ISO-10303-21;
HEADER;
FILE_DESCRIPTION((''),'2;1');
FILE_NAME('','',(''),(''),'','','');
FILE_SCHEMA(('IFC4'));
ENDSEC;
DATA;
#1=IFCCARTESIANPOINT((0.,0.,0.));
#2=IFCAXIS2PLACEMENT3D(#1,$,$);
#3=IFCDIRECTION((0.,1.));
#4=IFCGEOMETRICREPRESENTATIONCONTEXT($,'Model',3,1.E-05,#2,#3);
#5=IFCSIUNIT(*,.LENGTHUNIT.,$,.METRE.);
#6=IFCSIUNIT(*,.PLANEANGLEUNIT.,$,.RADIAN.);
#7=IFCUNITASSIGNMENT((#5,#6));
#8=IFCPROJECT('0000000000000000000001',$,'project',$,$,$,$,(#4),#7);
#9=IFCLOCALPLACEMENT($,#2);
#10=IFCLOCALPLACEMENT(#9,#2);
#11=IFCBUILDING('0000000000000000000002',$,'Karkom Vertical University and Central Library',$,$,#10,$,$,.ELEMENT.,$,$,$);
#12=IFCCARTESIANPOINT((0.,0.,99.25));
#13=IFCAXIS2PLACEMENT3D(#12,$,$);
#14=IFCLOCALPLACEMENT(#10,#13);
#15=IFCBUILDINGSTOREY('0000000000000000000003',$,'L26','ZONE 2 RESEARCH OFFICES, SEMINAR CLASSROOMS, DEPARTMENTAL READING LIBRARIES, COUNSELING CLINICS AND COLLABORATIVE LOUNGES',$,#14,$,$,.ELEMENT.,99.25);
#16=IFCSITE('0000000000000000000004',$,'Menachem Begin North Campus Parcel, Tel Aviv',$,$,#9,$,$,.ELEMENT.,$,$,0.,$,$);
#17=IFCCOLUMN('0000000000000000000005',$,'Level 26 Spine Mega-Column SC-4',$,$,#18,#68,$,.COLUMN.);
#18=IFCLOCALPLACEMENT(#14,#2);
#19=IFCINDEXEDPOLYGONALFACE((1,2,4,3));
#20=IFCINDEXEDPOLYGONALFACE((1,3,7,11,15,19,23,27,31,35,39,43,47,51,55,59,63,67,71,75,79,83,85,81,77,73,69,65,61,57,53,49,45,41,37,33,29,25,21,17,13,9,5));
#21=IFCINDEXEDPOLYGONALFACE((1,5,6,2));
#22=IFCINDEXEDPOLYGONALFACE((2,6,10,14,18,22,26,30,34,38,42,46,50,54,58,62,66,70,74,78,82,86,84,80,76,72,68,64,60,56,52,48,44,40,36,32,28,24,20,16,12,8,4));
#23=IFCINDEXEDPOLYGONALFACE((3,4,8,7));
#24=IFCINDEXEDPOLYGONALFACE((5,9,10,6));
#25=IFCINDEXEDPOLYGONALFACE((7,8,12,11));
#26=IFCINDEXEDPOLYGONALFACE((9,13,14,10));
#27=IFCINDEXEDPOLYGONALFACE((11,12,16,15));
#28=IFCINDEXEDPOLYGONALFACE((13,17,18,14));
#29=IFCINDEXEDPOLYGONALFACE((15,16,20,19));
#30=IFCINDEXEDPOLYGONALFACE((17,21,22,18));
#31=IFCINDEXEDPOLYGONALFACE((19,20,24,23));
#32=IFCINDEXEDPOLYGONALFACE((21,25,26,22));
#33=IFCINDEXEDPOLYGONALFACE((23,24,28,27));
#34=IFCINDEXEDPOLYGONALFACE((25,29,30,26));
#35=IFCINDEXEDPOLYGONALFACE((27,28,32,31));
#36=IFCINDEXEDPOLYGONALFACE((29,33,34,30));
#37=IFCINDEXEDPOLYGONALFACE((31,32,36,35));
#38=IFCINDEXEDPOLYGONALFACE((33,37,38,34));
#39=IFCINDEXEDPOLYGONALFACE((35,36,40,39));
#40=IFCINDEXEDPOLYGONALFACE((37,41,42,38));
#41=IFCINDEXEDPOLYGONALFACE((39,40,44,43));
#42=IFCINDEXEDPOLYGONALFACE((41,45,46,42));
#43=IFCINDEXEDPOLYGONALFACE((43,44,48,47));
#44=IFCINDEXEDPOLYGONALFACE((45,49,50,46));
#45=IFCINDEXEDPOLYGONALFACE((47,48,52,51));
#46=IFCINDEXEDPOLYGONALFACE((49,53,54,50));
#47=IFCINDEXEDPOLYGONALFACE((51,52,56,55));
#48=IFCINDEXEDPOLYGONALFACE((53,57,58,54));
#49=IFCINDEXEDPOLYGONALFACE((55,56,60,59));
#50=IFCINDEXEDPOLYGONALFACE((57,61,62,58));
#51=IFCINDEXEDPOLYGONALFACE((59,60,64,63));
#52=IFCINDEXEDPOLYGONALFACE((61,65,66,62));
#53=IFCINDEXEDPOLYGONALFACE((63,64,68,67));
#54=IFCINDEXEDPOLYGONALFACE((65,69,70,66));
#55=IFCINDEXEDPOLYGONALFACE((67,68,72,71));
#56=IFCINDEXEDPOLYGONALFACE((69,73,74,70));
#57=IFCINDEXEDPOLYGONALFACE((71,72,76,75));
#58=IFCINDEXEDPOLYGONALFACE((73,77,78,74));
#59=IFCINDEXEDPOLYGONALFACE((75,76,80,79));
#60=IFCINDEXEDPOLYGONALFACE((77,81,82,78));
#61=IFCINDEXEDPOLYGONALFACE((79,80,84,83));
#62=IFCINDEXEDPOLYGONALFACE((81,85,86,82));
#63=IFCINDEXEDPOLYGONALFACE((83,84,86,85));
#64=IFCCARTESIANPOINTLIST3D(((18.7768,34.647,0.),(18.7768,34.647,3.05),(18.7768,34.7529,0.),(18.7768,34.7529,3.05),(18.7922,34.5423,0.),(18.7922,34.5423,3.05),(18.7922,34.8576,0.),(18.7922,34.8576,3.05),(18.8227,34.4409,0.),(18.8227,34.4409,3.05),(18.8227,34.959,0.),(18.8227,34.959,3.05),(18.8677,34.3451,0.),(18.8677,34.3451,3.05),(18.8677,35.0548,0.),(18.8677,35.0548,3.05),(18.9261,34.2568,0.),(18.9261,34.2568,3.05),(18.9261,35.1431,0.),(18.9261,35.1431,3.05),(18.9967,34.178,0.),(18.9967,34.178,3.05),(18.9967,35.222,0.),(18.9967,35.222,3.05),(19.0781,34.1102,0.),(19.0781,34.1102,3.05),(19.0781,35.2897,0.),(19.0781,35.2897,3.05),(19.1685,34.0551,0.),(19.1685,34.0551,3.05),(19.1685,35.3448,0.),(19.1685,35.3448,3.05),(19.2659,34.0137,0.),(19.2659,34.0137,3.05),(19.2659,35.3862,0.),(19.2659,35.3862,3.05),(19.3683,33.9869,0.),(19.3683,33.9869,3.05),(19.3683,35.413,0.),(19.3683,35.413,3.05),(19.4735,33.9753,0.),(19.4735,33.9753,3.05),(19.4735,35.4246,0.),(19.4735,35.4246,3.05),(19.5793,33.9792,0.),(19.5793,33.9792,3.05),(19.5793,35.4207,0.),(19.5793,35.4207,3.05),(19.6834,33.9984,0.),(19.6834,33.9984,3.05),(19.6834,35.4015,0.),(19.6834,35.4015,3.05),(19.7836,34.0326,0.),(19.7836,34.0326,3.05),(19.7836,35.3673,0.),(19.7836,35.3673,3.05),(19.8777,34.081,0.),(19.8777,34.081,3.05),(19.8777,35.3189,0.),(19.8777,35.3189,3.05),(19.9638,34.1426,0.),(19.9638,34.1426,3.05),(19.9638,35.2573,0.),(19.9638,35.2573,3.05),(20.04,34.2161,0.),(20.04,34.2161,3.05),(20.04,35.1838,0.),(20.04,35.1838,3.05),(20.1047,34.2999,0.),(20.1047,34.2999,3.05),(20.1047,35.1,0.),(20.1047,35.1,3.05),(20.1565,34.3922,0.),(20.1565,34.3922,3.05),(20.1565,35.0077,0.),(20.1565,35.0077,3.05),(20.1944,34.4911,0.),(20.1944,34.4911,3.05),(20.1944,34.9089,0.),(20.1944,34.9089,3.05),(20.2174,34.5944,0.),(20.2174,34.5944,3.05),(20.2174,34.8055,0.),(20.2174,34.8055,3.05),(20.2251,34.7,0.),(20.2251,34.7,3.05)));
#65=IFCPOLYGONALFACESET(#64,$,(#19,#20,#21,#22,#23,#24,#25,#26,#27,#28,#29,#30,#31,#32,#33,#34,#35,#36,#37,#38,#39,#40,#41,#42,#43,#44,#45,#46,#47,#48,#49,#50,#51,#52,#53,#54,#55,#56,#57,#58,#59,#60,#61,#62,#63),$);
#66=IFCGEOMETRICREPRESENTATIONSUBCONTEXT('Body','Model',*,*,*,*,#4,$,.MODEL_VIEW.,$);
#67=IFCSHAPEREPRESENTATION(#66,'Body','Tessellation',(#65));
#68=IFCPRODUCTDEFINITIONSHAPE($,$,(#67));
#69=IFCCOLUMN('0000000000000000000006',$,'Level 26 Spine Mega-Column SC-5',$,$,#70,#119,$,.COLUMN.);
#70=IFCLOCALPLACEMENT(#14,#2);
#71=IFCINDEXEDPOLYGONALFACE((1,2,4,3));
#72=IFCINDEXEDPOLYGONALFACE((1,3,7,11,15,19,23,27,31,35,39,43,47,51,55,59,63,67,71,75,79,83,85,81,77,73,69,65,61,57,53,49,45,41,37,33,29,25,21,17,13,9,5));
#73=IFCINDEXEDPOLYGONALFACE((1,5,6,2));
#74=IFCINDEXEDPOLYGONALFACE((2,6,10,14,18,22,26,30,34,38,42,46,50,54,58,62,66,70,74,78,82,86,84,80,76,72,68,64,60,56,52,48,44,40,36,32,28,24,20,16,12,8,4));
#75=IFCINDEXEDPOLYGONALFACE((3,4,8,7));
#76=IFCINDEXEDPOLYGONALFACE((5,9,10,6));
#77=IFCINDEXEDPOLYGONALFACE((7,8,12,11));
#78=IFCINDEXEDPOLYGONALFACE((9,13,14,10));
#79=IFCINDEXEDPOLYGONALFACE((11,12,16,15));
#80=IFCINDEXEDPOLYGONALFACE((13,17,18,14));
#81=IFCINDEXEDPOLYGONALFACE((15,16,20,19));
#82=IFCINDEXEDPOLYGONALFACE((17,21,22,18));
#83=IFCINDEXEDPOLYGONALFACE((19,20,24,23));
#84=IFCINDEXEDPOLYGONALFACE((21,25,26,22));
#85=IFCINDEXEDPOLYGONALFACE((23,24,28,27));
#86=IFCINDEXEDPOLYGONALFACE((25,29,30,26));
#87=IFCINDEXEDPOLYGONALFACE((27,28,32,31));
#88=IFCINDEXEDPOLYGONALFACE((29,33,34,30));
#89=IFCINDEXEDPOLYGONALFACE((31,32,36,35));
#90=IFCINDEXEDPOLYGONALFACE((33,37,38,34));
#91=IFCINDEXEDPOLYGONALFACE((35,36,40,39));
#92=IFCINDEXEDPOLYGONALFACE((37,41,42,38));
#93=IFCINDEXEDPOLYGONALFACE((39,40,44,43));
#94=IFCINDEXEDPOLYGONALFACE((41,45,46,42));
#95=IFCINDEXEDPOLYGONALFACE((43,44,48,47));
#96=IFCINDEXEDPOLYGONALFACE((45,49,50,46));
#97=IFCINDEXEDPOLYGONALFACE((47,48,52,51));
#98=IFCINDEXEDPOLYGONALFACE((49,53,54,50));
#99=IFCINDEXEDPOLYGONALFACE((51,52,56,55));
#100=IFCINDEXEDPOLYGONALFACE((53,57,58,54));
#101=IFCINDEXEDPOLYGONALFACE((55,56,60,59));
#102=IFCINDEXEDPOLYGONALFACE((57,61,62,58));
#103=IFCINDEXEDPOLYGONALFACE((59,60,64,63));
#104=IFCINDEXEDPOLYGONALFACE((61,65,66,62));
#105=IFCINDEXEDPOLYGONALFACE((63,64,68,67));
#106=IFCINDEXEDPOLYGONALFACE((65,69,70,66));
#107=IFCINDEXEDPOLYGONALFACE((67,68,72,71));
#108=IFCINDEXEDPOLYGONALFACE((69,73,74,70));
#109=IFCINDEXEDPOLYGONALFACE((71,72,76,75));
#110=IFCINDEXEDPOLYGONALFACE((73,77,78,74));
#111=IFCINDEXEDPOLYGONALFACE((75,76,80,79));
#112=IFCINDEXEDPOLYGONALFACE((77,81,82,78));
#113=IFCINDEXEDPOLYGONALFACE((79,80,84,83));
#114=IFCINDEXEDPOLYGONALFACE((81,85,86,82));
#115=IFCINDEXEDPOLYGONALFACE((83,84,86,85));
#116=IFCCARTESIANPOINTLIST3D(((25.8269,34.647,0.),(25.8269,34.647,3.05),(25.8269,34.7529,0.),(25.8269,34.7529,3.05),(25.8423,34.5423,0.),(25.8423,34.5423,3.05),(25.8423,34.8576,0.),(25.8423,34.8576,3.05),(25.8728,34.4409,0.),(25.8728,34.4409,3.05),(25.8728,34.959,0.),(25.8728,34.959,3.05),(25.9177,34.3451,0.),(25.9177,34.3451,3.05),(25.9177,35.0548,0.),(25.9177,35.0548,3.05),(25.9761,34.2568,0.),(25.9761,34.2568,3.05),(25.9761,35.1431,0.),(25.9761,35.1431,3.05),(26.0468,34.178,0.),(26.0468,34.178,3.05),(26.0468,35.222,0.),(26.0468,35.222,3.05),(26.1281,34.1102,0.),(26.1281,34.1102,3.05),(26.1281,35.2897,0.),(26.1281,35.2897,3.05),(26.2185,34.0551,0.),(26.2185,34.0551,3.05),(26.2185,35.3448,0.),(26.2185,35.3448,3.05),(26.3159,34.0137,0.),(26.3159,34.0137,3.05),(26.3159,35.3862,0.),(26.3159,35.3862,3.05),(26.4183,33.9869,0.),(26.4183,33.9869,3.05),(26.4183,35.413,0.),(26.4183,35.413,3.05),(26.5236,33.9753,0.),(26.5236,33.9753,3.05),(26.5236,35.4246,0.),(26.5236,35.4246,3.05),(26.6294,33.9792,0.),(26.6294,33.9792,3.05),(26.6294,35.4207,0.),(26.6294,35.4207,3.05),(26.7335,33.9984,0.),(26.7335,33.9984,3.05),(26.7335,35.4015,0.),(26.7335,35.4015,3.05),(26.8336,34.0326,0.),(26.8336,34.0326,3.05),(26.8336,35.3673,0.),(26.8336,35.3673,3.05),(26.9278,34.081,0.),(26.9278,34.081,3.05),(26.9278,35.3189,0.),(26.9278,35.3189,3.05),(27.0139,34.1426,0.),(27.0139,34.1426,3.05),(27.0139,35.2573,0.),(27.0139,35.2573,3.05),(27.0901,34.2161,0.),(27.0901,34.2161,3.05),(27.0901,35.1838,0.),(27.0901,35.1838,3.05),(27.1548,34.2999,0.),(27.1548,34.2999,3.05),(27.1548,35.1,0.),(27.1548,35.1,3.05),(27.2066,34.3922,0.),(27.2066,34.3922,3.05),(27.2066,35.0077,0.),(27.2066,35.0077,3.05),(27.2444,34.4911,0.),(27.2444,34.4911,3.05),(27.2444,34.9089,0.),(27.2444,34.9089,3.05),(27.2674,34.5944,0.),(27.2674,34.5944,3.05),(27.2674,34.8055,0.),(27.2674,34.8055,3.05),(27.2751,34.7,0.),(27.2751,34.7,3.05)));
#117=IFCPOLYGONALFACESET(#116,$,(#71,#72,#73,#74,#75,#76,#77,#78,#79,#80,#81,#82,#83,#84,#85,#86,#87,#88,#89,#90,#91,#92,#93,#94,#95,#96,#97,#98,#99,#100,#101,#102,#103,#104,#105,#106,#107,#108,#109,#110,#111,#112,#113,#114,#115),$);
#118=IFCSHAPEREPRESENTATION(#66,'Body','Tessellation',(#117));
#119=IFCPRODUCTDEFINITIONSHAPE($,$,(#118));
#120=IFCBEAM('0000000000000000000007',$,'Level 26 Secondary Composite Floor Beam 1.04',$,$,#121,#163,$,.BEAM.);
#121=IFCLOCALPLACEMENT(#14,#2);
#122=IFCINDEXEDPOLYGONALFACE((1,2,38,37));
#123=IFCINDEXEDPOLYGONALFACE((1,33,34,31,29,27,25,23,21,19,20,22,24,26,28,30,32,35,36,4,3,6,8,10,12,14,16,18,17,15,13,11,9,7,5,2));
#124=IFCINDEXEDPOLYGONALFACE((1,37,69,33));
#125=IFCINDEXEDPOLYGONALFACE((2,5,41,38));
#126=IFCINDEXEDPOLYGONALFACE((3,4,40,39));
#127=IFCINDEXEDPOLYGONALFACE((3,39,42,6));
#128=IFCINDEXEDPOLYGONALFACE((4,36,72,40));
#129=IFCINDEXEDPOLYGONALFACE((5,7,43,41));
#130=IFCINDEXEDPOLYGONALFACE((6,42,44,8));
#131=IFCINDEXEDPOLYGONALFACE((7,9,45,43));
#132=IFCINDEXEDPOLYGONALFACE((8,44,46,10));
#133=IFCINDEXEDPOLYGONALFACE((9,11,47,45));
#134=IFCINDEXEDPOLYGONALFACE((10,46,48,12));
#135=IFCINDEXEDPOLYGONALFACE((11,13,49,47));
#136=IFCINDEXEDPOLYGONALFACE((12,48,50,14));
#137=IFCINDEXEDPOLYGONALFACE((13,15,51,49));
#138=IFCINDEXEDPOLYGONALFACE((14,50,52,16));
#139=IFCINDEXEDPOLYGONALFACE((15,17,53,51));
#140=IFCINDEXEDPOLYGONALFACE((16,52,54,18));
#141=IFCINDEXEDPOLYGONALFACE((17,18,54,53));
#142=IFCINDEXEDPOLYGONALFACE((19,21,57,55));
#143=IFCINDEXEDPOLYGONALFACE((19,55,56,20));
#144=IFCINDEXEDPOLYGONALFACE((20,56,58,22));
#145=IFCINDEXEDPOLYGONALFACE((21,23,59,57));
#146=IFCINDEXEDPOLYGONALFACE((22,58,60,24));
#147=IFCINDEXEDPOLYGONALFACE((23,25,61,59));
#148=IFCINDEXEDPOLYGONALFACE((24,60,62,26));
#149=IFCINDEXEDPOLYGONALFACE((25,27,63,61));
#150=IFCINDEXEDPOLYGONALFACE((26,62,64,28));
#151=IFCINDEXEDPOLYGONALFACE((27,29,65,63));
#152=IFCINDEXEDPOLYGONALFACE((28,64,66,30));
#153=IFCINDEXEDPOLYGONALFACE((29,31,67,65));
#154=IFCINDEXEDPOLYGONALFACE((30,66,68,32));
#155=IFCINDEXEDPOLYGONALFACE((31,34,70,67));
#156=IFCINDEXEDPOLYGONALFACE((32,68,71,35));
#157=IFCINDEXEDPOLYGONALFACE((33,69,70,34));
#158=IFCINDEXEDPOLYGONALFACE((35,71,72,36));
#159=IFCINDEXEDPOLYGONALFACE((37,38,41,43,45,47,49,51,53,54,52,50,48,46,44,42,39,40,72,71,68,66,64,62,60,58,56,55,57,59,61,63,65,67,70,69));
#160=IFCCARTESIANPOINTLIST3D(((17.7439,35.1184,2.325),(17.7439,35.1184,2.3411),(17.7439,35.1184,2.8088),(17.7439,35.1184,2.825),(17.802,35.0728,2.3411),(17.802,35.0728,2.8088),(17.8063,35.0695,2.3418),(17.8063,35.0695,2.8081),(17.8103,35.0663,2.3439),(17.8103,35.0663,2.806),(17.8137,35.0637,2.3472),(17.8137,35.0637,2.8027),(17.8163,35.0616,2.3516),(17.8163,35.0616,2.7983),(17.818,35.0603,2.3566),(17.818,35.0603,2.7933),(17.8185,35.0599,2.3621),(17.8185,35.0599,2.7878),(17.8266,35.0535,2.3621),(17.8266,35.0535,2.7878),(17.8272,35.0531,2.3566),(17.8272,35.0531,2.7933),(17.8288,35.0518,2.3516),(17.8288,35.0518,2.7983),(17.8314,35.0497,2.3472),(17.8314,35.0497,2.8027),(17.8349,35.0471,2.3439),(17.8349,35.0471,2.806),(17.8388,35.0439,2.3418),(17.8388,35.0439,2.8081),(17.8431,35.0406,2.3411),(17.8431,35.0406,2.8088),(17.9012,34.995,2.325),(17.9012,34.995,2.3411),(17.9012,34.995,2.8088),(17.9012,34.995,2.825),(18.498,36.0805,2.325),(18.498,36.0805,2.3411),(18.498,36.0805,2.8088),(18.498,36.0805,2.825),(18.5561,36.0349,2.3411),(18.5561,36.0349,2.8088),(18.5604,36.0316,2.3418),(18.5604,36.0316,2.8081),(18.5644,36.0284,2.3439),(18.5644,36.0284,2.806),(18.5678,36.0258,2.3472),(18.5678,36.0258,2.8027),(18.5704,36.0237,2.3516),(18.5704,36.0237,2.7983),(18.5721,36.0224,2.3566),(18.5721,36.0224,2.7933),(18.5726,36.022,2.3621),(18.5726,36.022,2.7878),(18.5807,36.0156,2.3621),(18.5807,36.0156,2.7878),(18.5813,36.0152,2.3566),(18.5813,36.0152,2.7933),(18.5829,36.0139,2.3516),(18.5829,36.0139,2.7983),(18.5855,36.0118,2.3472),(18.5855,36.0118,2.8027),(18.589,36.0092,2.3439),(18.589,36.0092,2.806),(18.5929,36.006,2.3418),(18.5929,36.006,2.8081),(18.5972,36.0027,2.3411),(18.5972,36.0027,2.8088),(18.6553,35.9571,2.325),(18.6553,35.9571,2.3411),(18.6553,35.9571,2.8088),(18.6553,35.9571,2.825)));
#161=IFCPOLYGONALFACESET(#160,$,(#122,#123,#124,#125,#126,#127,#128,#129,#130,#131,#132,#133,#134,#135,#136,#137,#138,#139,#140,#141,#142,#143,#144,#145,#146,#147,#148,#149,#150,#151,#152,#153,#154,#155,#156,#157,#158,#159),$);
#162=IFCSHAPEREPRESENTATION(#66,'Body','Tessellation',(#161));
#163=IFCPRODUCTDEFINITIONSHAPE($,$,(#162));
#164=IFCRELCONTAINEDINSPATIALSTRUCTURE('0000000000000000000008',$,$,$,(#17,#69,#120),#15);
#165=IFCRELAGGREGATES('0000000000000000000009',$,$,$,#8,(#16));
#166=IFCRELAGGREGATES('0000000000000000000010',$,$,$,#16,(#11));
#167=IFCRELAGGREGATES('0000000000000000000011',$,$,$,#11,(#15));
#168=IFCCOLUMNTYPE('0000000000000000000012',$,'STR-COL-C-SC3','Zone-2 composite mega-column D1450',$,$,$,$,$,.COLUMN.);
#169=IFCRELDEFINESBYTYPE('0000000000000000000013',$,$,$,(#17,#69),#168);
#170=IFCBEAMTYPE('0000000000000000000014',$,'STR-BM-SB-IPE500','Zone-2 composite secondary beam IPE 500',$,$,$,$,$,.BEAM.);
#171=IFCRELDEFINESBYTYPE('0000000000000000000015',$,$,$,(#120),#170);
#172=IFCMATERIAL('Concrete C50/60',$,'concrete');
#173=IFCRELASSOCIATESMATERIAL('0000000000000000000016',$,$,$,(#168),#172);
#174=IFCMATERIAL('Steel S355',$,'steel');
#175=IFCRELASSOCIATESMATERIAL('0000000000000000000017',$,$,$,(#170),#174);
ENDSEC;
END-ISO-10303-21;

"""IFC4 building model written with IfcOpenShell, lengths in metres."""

from ifc_helpers import new_model, si_unit, direction, frame, origin, origin_with_axes, origin_2d, place, context, subcontext, project, spatial, circle, i_section, extrude, source, transform, mapped, material, material_profile, profile_set, type_object, element, save


model = new_model("IFC4")

# Units and contexts
model_context = context("Model", 3, precision=1e-05, world=origin(), true_north=direction((0.0, 1.0)))
body_context = subcontext(model_context, "Body", "Model", "MODEL_VIEW")
ifc_project = project(units=[si_unit("LENGTHUNIT", "METRE"), si_unit("PLANEANGLEUNIT", "RADIAN")], contexts=[model_context])

# Site, building, storey
site_placement = place(None, origin())
site = spatial("IfcSite", under=ifc_project, at=site_placement, Name="Menachem Begin North Campus Parcel, Tel Aviv", CompositionType="ELEMENT", RefElevation=0.0)
building_placement = place(site_placement, origin())
building = spatial("IfcBuilding", under=site, at=building_placement, Name="Karkom Vertical University and Central Library", CompositionType="ELEMENT")
storey_placement = place(building_placement, frame((0.0, 0.0, 99.25)))
storey = spatial("IfcBuildingStorey", under=building, at=storey_placement, Name="L26", Description="ZONE 2 RESEARCH OFFICES, SEMINAR CLASSROOMS, DEPARTMENTAL READING LIBRARIES, COUNSELING CLINICS AND COLLABORATIVE LOUNGES", CompositionType="ELEMENT", Elevation=99.25)

# Columns
ifc_material_1 = material(Name="Concrete C50/60", Category="concrete")
ifc_material_profile_1 = material_profile(ifc_material_1, circle(Radius=0.7251, at=origin_2d()), Name="CFT-D1450")
ifc_profile_set_1 = profile_set([ifc_material_profile_1], Name="Concrete C50/60")
column_type = type_object("IfcColumnType", Name="STR-COL-C-SC3", Description="Zone-2 composite mega-column D1450", PredefinedType="COLUMN", material=ifc_profile_set_1)
shared_shape_1 = source(origin_with_axes(), body_context, "Body", "SweptSolid", [
    extrude(circle(Radius=0.7251, at=origin_2d()), origin(), (0.0, 0.0, 1.0), 3.05),
])
for number, where, z_axis, x_axis, name in (
    (1, (19.5, 34.7, 0.0), (0.0, 0.0, 1.0), (1.0, 0.0, 0.0), "Level 26 Spine Mega-Column SC-4"),
    (2, (26.55, 34.7, 0.0), (0.0, 0.0, 1.0), (1.0, 0.0, 0.0), "Level 26 Spine Mega-Column SC-5"),
):
    element("IfcColumn", number, at=place(storey_placement, frame(where, z_axis=z_axis, x_axis=x_axis)), inside=storey, type_object=column_type, Name=name, PredefinedType="COLUMN", context=body_context, shape_type="MappedRepresentation", body=[
        mapped(shared_shape_1, transform((0.0, 0.0, 0.0), scale=1.0)),
    ])

# Beam
ifc_material_2 = material(Name="Steel S355", Category="steel")
ifc_material_profile_2 = material_profile(ifc_material_2, i_section(OverallWidth=0.2, OverallDepth=0.5, WebThickness=0.0103, FlangeThickness=0.0161, FilletRadius=0.021, at=origin_2d()), Name="IPE 500")
ifc_profile_set_2 = profile_set([ifc_material_profile_2], Name="Steel S355")
beam_type_1 = type_object("IfcBeamType", Name="STR-BM-SB-IPE500", Description="Zone-2 composite secondary beam IPE 500", PredefinedType="BEAM", material=ifc_profile_set_2)
shared_shape_2 = source(origin_with_axes(), body_context, "Body", "SweptSolid", [
    extrude(i_section(OverallWidth=0.2, OverallDepth=0.5, WebThickness=0.0103, FlangeThickness=0.0161, FilletRadius=0.021, at=origin_2d()), origin(), (0.0, 0.0, 1.0), 1.2224),
])
beam_1_placement = place(storey_placement, frame((18.5767, 36.0188, 2.575), z_axis=(-0.616895, -0.787045, 0.0), x_axis=(0.787045, -0.616895, 0.0)))
element("IfcBeam", 3, at=beam_1_placement, inside=storey, type_object=beam_type_1, Name="Level 26 Secondary Composite Floor Beam 1.04", PredefinedType="BEAM", context=body_context, shape_type="MappedRepresentation", body=[
    mapped(shared_shape_2, transform((0.0, 0.0, 0.0), scale=1.0)),
])

save(model, "model.ifc")
